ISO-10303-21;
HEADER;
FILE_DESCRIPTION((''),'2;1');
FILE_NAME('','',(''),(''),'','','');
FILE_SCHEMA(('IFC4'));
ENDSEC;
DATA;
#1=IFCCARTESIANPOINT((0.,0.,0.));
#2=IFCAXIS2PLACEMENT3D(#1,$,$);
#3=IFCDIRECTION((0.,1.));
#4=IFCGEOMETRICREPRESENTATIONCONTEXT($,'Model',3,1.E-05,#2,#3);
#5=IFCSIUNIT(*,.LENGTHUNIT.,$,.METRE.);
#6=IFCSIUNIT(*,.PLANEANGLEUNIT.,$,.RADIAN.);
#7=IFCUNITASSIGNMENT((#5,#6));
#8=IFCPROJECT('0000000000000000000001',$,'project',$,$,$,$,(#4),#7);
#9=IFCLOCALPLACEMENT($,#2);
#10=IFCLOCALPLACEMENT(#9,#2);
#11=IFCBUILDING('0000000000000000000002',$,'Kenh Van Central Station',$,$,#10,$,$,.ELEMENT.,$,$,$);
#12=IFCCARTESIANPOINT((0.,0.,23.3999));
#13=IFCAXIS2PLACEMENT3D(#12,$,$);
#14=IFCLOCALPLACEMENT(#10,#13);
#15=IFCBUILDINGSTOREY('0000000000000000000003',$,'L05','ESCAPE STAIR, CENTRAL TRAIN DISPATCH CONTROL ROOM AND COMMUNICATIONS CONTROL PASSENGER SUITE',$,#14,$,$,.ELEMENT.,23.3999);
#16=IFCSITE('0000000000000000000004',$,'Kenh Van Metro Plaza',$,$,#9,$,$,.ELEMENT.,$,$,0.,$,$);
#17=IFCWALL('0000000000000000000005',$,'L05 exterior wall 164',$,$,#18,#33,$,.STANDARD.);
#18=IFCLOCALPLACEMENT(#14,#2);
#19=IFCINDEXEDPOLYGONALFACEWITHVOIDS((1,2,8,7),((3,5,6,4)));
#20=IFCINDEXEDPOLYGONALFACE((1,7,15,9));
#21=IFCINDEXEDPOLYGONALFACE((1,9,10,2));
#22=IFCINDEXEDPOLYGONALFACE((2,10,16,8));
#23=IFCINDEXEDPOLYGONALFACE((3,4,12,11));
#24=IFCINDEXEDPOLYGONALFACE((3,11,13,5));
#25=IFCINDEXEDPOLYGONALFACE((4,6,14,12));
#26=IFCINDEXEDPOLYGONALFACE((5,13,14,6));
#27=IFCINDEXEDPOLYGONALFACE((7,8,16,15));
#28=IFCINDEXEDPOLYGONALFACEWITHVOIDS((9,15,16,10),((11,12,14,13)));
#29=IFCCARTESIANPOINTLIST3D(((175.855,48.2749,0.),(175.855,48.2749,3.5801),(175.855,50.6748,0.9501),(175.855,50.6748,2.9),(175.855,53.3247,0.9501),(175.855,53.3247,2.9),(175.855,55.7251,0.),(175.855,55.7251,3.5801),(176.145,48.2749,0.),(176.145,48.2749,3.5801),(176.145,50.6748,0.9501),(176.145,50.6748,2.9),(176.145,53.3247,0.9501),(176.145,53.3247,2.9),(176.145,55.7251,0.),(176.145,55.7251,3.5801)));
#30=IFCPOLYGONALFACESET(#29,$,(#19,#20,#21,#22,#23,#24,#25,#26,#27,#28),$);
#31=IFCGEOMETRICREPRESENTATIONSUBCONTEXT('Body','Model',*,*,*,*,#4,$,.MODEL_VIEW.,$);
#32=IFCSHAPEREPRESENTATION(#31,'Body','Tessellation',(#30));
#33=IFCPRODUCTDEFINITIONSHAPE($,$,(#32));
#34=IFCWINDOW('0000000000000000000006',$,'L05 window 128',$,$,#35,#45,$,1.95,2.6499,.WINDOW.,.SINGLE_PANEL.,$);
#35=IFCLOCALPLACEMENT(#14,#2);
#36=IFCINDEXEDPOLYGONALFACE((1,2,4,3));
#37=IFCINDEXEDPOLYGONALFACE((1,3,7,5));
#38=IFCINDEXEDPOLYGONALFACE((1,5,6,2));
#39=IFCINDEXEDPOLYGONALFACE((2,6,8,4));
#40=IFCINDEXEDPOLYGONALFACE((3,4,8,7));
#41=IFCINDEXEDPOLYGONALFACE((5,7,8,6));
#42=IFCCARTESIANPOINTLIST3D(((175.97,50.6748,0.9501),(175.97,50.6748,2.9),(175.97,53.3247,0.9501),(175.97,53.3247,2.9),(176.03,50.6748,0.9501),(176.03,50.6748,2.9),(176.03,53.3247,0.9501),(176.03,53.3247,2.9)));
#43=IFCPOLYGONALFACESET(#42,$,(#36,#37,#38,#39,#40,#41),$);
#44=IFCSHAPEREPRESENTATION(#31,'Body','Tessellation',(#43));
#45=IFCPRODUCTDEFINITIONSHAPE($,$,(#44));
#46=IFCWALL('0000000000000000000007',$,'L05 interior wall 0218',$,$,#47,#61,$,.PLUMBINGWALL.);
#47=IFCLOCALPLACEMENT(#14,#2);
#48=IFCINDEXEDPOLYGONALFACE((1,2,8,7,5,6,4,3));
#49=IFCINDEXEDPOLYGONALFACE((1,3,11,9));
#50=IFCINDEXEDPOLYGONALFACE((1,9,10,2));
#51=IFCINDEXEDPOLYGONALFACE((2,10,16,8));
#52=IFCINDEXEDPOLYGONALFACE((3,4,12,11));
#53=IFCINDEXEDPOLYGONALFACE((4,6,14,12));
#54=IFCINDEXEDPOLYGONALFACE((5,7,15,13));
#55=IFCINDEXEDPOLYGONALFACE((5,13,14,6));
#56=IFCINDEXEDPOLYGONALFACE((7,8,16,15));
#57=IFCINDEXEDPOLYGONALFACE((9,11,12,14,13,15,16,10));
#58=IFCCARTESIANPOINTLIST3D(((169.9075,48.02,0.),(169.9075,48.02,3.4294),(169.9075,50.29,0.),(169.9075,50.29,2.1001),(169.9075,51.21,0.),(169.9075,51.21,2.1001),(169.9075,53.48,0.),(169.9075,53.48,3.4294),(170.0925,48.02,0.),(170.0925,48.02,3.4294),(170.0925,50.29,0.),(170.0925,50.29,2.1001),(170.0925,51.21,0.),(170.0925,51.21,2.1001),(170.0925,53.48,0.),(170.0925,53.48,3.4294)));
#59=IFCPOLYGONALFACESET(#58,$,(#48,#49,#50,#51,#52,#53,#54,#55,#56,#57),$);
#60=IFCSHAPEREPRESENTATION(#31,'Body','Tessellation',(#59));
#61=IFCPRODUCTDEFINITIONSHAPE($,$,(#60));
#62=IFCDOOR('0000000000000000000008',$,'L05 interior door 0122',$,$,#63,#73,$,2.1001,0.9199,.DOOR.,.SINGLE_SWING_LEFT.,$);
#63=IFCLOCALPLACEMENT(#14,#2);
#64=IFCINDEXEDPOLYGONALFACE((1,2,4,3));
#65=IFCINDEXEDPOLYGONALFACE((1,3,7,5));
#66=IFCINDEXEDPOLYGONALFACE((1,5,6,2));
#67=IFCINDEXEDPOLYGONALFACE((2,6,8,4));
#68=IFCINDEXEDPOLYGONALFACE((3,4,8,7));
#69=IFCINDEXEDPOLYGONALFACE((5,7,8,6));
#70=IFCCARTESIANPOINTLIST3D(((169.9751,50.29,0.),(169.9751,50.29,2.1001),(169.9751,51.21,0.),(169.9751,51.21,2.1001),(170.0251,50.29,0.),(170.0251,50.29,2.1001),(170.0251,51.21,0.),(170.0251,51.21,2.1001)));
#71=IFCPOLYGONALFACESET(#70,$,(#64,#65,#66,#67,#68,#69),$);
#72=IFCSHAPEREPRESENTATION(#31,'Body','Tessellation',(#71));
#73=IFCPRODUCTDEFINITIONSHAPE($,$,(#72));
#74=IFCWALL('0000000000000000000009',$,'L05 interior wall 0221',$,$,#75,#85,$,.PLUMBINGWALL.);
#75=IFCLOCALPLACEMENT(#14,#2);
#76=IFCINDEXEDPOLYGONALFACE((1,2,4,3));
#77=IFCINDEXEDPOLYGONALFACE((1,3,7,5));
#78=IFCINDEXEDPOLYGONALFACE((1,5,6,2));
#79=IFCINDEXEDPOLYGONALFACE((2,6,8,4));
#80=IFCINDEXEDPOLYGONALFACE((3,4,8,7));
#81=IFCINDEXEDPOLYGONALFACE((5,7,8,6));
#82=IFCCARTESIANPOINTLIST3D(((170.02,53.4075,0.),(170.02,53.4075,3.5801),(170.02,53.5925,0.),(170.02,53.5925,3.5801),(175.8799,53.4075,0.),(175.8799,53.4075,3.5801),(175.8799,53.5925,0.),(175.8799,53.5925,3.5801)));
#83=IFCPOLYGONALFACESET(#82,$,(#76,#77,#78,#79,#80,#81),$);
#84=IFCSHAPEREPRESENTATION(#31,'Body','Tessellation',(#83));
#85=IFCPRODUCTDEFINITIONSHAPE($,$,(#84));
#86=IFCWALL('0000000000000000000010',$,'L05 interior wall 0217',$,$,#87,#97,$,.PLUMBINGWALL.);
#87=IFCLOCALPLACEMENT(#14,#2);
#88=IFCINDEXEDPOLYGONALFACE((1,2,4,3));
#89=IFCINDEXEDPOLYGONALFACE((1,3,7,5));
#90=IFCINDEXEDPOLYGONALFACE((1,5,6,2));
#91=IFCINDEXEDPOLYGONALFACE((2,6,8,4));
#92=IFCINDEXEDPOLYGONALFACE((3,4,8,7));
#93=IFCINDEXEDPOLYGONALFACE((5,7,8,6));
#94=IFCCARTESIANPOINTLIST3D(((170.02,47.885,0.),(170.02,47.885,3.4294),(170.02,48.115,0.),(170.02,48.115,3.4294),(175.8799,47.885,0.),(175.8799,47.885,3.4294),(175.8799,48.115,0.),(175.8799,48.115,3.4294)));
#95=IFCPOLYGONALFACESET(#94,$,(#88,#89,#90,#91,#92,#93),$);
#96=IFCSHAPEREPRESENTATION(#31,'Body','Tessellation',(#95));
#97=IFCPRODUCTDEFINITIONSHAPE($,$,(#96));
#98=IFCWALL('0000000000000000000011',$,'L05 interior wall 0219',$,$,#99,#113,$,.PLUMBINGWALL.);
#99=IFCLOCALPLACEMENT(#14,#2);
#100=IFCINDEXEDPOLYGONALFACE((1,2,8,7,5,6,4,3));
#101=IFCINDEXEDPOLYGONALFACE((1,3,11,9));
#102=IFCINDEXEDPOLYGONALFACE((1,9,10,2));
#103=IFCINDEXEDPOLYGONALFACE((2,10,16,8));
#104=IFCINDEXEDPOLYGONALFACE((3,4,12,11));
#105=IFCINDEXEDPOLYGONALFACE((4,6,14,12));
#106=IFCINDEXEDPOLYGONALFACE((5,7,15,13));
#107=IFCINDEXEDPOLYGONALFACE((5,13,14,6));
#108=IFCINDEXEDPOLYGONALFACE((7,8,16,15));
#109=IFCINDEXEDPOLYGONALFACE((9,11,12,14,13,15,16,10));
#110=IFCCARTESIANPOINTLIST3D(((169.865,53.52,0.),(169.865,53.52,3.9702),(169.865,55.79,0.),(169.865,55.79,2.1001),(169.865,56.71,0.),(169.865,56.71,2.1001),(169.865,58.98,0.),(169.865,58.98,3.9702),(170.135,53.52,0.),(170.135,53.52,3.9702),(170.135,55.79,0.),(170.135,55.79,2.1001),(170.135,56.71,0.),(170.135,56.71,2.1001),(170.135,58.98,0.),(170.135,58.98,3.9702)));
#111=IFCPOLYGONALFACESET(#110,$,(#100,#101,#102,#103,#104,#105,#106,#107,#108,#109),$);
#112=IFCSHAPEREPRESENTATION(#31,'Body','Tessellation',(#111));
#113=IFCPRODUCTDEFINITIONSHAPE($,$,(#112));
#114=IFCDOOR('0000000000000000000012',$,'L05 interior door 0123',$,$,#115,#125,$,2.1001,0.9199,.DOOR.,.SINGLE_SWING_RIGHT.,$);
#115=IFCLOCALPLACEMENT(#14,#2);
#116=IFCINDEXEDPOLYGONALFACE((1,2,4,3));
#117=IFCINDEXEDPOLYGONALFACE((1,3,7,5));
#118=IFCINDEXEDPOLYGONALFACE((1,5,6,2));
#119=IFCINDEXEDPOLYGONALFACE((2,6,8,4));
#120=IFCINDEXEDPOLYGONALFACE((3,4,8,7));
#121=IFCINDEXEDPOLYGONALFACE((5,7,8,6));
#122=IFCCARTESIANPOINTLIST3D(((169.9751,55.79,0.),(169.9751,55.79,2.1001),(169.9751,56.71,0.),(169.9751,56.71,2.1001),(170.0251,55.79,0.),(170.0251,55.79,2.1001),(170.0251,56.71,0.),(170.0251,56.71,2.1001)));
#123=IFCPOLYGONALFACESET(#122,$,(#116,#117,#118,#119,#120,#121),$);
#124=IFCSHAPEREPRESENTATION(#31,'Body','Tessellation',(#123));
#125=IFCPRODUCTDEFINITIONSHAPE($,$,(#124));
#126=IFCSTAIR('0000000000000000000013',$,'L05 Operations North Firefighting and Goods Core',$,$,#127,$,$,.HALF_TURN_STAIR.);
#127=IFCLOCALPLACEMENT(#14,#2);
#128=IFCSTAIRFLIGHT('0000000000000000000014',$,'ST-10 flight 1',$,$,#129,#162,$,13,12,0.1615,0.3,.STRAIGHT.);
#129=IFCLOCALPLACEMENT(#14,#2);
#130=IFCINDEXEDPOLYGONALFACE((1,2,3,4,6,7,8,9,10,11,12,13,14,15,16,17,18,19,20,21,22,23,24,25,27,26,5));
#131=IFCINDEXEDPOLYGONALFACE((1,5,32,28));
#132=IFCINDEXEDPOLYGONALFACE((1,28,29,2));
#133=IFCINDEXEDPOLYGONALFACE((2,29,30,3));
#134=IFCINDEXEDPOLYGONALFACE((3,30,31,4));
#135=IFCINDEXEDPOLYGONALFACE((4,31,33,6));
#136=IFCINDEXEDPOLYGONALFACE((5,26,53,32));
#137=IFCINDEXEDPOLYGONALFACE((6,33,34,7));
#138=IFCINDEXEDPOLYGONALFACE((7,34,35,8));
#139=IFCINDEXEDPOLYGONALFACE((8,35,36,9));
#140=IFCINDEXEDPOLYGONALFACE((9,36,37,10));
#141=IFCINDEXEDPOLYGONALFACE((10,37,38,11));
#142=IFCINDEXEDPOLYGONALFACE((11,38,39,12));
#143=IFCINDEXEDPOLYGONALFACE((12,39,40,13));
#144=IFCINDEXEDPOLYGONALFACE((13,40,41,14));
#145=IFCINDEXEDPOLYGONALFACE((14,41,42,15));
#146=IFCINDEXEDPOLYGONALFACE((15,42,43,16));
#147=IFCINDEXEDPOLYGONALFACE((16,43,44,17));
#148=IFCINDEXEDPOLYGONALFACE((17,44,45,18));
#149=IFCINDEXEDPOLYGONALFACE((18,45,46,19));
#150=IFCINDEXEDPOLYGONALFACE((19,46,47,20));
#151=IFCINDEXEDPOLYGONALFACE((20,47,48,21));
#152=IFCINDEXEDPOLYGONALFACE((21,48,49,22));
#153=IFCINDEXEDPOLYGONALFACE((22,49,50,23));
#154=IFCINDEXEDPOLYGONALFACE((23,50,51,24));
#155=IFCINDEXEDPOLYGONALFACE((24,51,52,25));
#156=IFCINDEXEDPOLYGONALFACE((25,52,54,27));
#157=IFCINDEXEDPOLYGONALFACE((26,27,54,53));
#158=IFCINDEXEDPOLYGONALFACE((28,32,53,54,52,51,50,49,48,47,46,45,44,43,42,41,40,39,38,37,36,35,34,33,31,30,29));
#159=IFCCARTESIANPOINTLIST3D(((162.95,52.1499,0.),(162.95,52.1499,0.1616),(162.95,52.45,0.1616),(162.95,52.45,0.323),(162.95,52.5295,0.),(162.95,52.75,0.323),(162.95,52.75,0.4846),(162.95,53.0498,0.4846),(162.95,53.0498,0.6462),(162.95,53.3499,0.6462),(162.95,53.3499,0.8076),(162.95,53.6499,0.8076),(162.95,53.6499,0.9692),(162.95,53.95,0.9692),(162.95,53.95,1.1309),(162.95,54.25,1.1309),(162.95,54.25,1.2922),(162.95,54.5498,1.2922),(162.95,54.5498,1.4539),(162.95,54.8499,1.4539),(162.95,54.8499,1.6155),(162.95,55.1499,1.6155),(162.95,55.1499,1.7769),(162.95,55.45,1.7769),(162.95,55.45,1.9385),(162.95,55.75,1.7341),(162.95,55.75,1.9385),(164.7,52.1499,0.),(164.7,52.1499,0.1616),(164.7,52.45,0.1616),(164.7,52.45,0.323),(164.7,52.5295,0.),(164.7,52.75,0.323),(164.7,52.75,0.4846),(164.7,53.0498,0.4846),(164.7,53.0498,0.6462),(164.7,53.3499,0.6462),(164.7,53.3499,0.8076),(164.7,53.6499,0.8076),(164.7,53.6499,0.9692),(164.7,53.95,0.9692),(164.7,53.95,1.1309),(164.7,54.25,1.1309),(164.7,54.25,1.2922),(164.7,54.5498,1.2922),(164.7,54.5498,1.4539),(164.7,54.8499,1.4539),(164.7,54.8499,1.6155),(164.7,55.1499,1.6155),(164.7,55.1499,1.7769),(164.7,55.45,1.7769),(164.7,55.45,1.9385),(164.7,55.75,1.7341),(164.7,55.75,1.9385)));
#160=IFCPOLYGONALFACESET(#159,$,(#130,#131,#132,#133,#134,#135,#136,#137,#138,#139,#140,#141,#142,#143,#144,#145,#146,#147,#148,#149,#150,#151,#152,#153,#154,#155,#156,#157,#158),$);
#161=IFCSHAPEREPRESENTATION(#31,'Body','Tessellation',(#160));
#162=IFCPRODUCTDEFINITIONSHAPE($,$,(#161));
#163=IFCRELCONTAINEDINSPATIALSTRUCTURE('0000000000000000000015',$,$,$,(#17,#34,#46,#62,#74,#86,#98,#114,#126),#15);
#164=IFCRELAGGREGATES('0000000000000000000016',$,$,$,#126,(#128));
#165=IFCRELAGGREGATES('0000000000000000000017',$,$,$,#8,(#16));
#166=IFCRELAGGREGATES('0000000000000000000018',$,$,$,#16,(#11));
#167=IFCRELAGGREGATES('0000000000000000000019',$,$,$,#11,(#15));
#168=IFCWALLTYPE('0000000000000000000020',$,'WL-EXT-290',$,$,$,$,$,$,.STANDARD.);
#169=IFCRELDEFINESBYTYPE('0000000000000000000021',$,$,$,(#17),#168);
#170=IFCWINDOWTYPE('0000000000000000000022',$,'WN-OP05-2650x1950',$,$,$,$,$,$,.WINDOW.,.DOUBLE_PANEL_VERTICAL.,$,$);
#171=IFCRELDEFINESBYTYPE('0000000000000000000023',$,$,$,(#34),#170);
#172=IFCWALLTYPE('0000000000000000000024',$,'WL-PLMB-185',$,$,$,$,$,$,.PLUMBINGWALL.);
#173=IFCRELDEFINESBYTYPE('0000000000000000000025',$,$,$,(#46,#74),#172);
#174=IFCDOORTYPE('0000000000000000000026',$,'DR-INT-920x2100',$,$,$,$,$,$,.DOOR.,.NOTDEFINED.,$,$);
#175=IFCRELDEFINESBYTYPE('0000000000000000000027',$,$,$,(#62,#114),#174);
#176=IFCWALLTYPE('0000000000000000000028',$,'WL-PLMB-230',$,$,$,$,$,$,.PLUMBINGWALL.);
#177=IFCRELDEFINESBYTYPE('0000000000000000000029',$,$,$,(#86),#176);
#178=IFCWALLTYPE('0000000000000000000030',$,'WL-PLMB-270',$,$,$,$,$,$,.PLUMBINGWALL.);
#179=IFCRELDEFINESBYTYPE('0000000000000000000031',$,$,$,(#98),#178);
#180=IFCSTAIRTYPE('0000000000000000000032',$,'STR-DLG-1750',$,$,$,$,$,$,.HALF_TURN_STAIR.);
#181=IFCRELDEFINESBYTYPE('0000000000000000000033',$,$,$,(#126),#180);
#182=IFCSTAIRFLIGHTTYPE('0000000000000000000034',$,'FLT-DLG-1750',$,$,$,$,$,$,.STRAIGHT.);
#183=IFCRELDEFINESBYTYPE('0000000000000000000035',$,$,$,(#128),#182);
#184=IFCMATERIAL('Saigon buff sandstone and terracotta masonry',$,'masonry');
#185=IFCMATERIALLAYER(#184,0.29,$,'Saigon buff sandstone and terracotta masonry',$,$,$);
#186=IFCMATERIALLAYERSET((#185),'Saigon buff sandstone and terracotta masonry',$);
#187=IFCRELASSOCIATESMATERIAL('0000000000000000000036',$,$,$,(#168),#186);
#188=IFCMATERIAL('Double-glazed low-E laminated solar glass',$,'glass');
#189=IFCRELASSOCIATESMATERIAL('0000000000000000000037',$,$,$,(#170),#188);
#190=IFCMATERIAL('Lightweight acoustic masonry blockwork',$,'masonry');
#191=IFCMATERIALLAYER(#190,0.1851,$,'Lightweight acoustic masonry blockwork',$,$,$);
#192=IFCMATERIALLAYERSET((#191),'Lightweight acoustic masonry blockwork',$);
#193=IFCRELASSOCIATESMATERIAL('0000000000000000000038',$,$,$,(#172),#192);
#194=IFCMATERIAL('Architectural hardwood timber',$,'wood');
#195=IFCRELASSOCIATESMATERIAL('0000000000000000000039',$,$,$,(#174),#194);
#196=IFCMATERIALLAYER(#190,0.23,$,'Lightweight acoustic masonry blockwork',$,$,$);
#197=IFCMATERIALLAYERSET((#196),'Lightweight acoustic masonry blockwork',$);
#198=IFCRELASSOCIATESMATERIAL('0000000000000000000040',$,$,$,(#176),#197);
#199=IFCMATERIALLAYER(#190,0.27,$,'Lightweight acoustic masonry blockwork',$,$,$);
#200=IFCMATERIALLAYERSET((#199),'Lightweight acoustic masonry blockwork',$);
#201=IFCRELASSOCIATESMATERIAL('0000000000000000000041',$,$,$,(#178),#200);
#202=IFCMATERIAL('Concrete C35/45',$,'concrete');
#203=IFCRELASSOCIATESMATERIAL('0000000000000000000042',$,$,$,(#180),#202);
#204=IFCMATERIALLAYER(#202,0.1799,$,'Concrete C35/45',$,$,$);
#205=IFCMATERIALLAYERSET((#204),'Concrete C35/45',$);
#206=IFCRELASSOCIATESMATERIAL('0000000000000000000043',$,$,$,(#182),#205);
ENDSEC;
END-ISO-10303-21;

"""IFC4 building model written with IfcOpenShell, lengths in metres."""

from ifc_helpers import new_model, si_unit, direction, frame, frame_2d, origin, place, context, subcontext, project, spatial, polyline, rectangle, outline, extrude, material, layer, layer_set, type_object, element, fill, aggregate, save


model = new_model("IFC4")

# Units and contexts
model_context = context("Model", 3, precision=1e-05, world=origin(), true_north=direction((0.0, 1.0)))
body_context = subcontext(model_context, "Body", "Model", "MODEL_VIEW")
ifc_project = project(units=[si_unit("LENGTHUNIT", "METRE"), si_unit("PLANEANGLEUNIT", "RADIAN")], contexts=[model_context])

# Site, building, storey
site_placement = place(None, origin())
site = spatial("IfcSite", under=ifc_project, at=site_placement, Name="Kenh Van Metro Plaza", CompositionType="ELEMENT", RefElevation=0.0)
building_placement = place(site_placement, origin())
building = spatial("IfcBuilding", under=site, at=building_placement, Name="Kenh Van Central Station", CompositionType="ELEMENT")
storey_placement = place(building_placement, frame((0.0, 0.0, 23.3999)))
storey = spatial("IfcBuildingStorey", under=building, at=storey_placement, Name="L05", Description="ESCAPE STAIR, CENTRAL TRAIN DISPATCH CONTROL ROOM AND COMMUNICATIONS CONTROL PASSENGER SUITE", CompositionType="ELEMENT", Elevation=23.3999)

# Shared definitions
ifc_material_1 = material(Name="Concrete C35/45", Category="concrete")

# Wall, opening, window
ifc_material_2 = material(Name="Saigon buff sandstone and terracotta masonry", Category="masonry")
ifc_layer_1 = layer(ifc_material_2, 0.29, Name="Saigon buff sandstone and terracotta masonry")
ifc_layer_set_1 = layer_set([ifc_layer_1], Name="Saigon buff sandstone and terracotta masonry")
wall_type_1 = type_object("IfcWallType", Name="WL-EXT-290", PredefinedType="STANDARD", material=ifc_layer_set_1)
wall_1_placement = place(storey_placement, frame((176.0, 48.2749, 0.0), z_axis=(0.0, 0.0, 1.0), x_axis=(0.0, 1.0, 0.0)))
wall_1 = element("IfcWall", 1, at=wall_1_placement, inside=storey, type_object=wall_type_1, Name="L05 exterior wall 164", PredefinedType="STANDARD", context=body_context, shape_type="SweptSolid", body=[
    extrude(rectangle(XDim=7.4502, YDim=0.29, at=frame_2d((3.7251, 0.0))), origin(), (0.0, 0.0, 1.0), 3.5801),
])
opening_1_placement = place(wall_1_placement, frame((2.3999, 0.0, 0.95)))
opening_1 = element("IfcOpeningElement", 2, at=opening_1_placement, cuts=wall_1, PredefinedType="OPENING", context=body_context, shape_type="SweptSolid", body=[
    extrude(rectangle(XDim=2.6499, YDim=1.95, at=frame_2d((1.325, 0.9751))), frame((0.0, 0.155, 0.0), z_axis=(0.0, -1.0, 0.0), x_axis=(1.0, 0.0, 0.0)), (0.0, 0.0, 1.0), 0.3101),
])
ifc_material_3 = material(Name="Double-glazed low-E laminated solar glass", Category="glass")
window_type = type_object("IfcWindowType", Name="WN-OP05-2650x1950", PartitioningType="DOUBLE_PANEL_VERTICAL", PredefinedType="WINDOW", material=ifc_material_3)
window_placement = place(opening_1_placement, origin())
window = element("IfcWindow", 3, at=window_placement, inside=storey, type_object=window_type, Name="L05 window 128", OverallHeight=1.95, OverallWidth=2.6499, PartitioningType="SINGLE_PANEL", PredefinedType="WINDOW", context=body_context, shape_type="SweptSolid", body=[
    extrude(rectangle(XDim=2.6499, YDim=1.95, at=frame_2d((1.325, 0.9751))), frame((0.0, 0.03, 0.0), z_axis=(0.0, -1.0, 0.0), x_axis=(1.0, 0.0, 0.0)), (0.0, 0.0, 1.0), 0.0601),
])
fill(opening_1, window)

# Wall, opening, door
ifc_material_4 = material(Name="Lightweight acoustic masonry blockwork", Category="masonry")
ifc_layer_2 = layer(ifc_material_4, 0.1851, Name="Lightweight acoustic masonry blockwork")
ifc_layer_set_2 = layer_set([ifc_layer_2], Name="Lightweight acoustic masonry blockwork")
wall_type_2 = type_object("IfcWallType", Name="WL-PLMB-185", PredefinedType="PLUMBINGWALL", material=ifc_layer_set_2)
wall_2_placement = place(storey_placement, frame((170.0, 48.02, 0.0), z_axis=(0.0, 0.0, 1.0), x_axis=(0.0, 1.0, 0.0)))
wall_2 = element("IfcWall", 4, at=wall_2_placement, inside=storey, type_object=wall_type_2, Name="L05 interior wall 0218", PredefinedType="PLUMBINGWALL", context=body_context, shape_type="SweptSolid", body=[
    extrude(rectangle(XDim=5.46, YDim=0.1851, at=frame_2d((2.73, 0.0))), origin(), (0.0, 0.0, 1.0), 3.4294),
])
opening_2_placement = place(wall_2_placement, frame((2.27, 0.0, 0.0)))
opening_2 = element("IfcOpeningElement", 5, at=opening_2_placement, cuts=wall_2, PredefinedType="OPENING", context=body_context, shape_type="SweptSolid", body=[
    extrude(rectangle(XDim=0.9199, YDim=2.1001, at=frame_2d((0.46, 1.05))), frame((0.0, 0.1025, 0.0), z_axis=(0.0, -1.0, 0.0), x_axis=(1.0, 0.0, 0.0)), (0.0, 0.0, 1.0), 0.2051),
])
ifc_material_5 = material(Name="Architectural hardwood timber", Category="wood")
door_type_1 = type_object("IfcDoorType", Name="DR-INT-920x2100", OperationType="NOTDEFINED", PredefinedType="DOOR", material=ifc_material_5)
door_1_placement = place(opening_2_placement, origin())
door_1 = element("IfcDoor", 6, at=door_1_placement, inside=storey, type_object=door_type_1, Name="L05 interior door 0122", OperationType="SINGLE_SWING_LEFT", OverallHeight=2.1001, OverallWidth=0.9199, PredefinedType="DOOR", context=body_context, shape_type="SweptSolid", body=[
    extrude(rectangle(XDim=0.9199, YDim=2.1001, at=frame_2d((0.46, 1.05))), frame((0.0, 0.0249, 0.0), z_axis=(0.0, -1.0, 0.0), x_axis=(1.0, 0.0, 0.0)), (0.0, 0.0, 1.0), 0.05),
])
fill(opening_2, door_1)

# Walls
wall_3_placement = place(storey_placement, frame((170.02, 53.5, 0.0), z_axis=(0.0, 0.0, 1.0), x_axis=(1.0, 0.0, 0.0)))
element("IfcWall", 7, at=wall_3_placement, inside=storey, type_object=wall_type_2, Name="L05 interior wall 0221", PredefinedType="PLUMBINGWALL", context=body_context, shape_type="SweptSolid", body=[
    extrude(rectangle(XDim=5.8599, YDim=0.1851, at=frame_2d((2.9299, 0.0))), origin(), (0.0, 0.0, 1.0), 3.5801),
])
ifc_layer_3 = layer(ifc_material_4, 0.23, Name="Lightweight acoustic masonry blockwork")
ifc_layer_set_3 = layer_set([ifc_layer_3], Name="Lightweight acoustic masonry blockwork")
wall_type_3 = type_object("IfcWallType", Name="WL-PLMB-230", PredefinedType="PLUMBINGWALL", material=ifc_layer_set_3)
wall_4_placement = place(storey_placement, frame((170.02, 48.0, 0.0), z_axis=(0.0, 0.0, 1.0), x_axis=(1.0, 0.0, 0.0)))
element("IfcWall", 8, at=wall_4_placement, inside=storey, type_object=wall_type_3, Name="L05 interior wall 0217", PredefinedType="PLUMBINGWALL", context=body_context, shape_type="SweptSolid", body=[
    extrude(rectangle(XDim=5.8599, YDim=0.23, at=frame_2d((2.9299, 0.0))), origin(), (0.0, 0.0, 1.0), 3.4294),
])

# Wall, opening, door
ifc_layer_4 = layer(ifc_material_4, 0.27, Name="Lightweight acoustic masonry blockwork")
ifc_layer_set_4 = layer_set([ifc_layer_4], Name="Lightweight acoustic masonry blockwork")
wall_type_4 = type_object("IfcWallType", Name="WL-PLMB-270", PredefinedType="PLUMBINGWALL", material=ifc_layer_set_4)
wall_5_placement = place(storey_placement, frame((170.0, 53.52, 0.0), z_axis=(0.0, 0.0, 1.0), x_axis=(0.0, 1.0, 0.0)))
wall_5 = element("IfcWall", 9, at=wall_5_placement, inside=storey, type_object=wall_type_4, Name="L05 interior wall 0219", PredefinedType="PLUMBINGWALL", context=body_context, shape_type="SweptSolid", body=[
    extrude(rectangle(XDim=5.46, YDim=0.27, at=frame_2d((2.73, 0.0))), origin(), (0.0, 0.0, 1.0), 3.9702),
])
opening_3_placement = place(wall_5_placement, frame((2.27, 0.0, 0.0)))
opening_3 = element("IfcOpeningElement", 10, at=opening_3_placement, cuts=wall_5, PredefinedType="OPENING", context=body_context, shape_type="SweptSolid", body=[
    extrude(rectangle(XDim=0.9199, YDim=2.1001, at=frame_2d((0.46, 1.05))), frame((0.0, 0.145, 0.0), z_axis=(0.0, -1.0, 0.0), x_axis=(1.0, 0.0, 0.0)), (0.0, 0.0, 1.0), 0.29),
])
door_2_placement = place(opening_3_placement, origin())
door_2 = element("IfcDoor", 11, at=door_2_placement, inside=storey, type_object=door_type_1, Name="L05 interior door 0123", OperationType="SINGLE_SWING_RIGHT", OverallHeight=2.1001, OverallWidth=0.9199, PredefinedType="DOOR", context=body_context, shape_type="SweptSolid", body=[
    extrude(rectangle(XDim=0.9199, YDim=2.1001, at=frame_2d((0.46, 1.05))), frame((0.0, 0.0249, 0.0), z_axis=(0.0, -1.0, 0.0), x_axis=(1.0, 0.0, 0.0)), (0.0, 0.0, 1.0), 0.05),
])
fill(opening_3, door_2)

# Stair, stair flight
stair_type = type_object("IfcStairType", Name="STR-DLG-1750", PredefinedType="HALF_TURN_STAIR", material=ifc_material_1)
stair_placement = place(storey_placement, origin())
stair = element("IfcStair", 12, at=stair_placement, inside=storey, type_object=stair_type, Name="L05 Operations North Firefighting and Goods Core", PredefinedType="HALF_TURN_STAIR")
ifc_layer_5 = layer(ifc_material_1, 0.1799, Name="Concrete C35/45")
ifc_layer_set_5 = layer_set([ifc_layer_5], Name="Concrete C35/45")
stair_flight_type = type_object("IfcStairFlightType", Name="FLT-DLG-1750", PredefinedType="STRAIGHT", material=ifc_layer_set_5)
stair_flight_1_placement = place(storey_placement, frame((163.825, 52.1499, 0.0), z_axis=(0.0, 0.0, 1.0), x_axis=(0.0, 1.0, 0.0)))
stair_flight_1 = element("IfcStairFlight", 13, at=stair_flight_1_placement, type_object=stair_flight_type, Name="ST-10 flight 1", NumberOfRisers=13, NumberOfTreads=12, PredefinedType="STRAIGHT", RiserHeight=0.1615, TreadLength=0.3, context=body_context, shape_type="SweptSolid", body=[
    extrude(outline(polyline([(0.0, 0.0), (0.0, 0.1616), (0.3, 0.1616), (0.3, 0.323), (0.6001, 0.323), (0.6001, 0.4846), (0.8999, 0.4846), (0.8999, 0.6462), (1.2, 0.6462), (1.2, 0.8076), (1.5, 0.8076), (1.5, 0.9692), (1.8, 0.9692), (1.8, 1.1309), (2.1001, 1.1309), (2.1001, 1.2922), (2.3999, 1.2922), (2.3999, 1.4539), (2.7, 1.4539), (2.7, 1.6155), (3.0, 1.6155), (3.0, 1.7769), (3.3, 1.7769), (3.3, 1.9385), (3.6001, 1.9385), (3.6001, 2.1001), (3.6001, 1.7341), (0.3796, 0.0), (0.0, 0.0)])), frame((0.0, 0.875, 0.0), z_axis=(0.0, -1.0, 0.0), x_axis=(1.0, 0.0, 0.0)), (0.0, 0.0, 1.0), 1.75),
])
aggregate(stair, [stair_flight_1])

save(model, "model.ifc")
